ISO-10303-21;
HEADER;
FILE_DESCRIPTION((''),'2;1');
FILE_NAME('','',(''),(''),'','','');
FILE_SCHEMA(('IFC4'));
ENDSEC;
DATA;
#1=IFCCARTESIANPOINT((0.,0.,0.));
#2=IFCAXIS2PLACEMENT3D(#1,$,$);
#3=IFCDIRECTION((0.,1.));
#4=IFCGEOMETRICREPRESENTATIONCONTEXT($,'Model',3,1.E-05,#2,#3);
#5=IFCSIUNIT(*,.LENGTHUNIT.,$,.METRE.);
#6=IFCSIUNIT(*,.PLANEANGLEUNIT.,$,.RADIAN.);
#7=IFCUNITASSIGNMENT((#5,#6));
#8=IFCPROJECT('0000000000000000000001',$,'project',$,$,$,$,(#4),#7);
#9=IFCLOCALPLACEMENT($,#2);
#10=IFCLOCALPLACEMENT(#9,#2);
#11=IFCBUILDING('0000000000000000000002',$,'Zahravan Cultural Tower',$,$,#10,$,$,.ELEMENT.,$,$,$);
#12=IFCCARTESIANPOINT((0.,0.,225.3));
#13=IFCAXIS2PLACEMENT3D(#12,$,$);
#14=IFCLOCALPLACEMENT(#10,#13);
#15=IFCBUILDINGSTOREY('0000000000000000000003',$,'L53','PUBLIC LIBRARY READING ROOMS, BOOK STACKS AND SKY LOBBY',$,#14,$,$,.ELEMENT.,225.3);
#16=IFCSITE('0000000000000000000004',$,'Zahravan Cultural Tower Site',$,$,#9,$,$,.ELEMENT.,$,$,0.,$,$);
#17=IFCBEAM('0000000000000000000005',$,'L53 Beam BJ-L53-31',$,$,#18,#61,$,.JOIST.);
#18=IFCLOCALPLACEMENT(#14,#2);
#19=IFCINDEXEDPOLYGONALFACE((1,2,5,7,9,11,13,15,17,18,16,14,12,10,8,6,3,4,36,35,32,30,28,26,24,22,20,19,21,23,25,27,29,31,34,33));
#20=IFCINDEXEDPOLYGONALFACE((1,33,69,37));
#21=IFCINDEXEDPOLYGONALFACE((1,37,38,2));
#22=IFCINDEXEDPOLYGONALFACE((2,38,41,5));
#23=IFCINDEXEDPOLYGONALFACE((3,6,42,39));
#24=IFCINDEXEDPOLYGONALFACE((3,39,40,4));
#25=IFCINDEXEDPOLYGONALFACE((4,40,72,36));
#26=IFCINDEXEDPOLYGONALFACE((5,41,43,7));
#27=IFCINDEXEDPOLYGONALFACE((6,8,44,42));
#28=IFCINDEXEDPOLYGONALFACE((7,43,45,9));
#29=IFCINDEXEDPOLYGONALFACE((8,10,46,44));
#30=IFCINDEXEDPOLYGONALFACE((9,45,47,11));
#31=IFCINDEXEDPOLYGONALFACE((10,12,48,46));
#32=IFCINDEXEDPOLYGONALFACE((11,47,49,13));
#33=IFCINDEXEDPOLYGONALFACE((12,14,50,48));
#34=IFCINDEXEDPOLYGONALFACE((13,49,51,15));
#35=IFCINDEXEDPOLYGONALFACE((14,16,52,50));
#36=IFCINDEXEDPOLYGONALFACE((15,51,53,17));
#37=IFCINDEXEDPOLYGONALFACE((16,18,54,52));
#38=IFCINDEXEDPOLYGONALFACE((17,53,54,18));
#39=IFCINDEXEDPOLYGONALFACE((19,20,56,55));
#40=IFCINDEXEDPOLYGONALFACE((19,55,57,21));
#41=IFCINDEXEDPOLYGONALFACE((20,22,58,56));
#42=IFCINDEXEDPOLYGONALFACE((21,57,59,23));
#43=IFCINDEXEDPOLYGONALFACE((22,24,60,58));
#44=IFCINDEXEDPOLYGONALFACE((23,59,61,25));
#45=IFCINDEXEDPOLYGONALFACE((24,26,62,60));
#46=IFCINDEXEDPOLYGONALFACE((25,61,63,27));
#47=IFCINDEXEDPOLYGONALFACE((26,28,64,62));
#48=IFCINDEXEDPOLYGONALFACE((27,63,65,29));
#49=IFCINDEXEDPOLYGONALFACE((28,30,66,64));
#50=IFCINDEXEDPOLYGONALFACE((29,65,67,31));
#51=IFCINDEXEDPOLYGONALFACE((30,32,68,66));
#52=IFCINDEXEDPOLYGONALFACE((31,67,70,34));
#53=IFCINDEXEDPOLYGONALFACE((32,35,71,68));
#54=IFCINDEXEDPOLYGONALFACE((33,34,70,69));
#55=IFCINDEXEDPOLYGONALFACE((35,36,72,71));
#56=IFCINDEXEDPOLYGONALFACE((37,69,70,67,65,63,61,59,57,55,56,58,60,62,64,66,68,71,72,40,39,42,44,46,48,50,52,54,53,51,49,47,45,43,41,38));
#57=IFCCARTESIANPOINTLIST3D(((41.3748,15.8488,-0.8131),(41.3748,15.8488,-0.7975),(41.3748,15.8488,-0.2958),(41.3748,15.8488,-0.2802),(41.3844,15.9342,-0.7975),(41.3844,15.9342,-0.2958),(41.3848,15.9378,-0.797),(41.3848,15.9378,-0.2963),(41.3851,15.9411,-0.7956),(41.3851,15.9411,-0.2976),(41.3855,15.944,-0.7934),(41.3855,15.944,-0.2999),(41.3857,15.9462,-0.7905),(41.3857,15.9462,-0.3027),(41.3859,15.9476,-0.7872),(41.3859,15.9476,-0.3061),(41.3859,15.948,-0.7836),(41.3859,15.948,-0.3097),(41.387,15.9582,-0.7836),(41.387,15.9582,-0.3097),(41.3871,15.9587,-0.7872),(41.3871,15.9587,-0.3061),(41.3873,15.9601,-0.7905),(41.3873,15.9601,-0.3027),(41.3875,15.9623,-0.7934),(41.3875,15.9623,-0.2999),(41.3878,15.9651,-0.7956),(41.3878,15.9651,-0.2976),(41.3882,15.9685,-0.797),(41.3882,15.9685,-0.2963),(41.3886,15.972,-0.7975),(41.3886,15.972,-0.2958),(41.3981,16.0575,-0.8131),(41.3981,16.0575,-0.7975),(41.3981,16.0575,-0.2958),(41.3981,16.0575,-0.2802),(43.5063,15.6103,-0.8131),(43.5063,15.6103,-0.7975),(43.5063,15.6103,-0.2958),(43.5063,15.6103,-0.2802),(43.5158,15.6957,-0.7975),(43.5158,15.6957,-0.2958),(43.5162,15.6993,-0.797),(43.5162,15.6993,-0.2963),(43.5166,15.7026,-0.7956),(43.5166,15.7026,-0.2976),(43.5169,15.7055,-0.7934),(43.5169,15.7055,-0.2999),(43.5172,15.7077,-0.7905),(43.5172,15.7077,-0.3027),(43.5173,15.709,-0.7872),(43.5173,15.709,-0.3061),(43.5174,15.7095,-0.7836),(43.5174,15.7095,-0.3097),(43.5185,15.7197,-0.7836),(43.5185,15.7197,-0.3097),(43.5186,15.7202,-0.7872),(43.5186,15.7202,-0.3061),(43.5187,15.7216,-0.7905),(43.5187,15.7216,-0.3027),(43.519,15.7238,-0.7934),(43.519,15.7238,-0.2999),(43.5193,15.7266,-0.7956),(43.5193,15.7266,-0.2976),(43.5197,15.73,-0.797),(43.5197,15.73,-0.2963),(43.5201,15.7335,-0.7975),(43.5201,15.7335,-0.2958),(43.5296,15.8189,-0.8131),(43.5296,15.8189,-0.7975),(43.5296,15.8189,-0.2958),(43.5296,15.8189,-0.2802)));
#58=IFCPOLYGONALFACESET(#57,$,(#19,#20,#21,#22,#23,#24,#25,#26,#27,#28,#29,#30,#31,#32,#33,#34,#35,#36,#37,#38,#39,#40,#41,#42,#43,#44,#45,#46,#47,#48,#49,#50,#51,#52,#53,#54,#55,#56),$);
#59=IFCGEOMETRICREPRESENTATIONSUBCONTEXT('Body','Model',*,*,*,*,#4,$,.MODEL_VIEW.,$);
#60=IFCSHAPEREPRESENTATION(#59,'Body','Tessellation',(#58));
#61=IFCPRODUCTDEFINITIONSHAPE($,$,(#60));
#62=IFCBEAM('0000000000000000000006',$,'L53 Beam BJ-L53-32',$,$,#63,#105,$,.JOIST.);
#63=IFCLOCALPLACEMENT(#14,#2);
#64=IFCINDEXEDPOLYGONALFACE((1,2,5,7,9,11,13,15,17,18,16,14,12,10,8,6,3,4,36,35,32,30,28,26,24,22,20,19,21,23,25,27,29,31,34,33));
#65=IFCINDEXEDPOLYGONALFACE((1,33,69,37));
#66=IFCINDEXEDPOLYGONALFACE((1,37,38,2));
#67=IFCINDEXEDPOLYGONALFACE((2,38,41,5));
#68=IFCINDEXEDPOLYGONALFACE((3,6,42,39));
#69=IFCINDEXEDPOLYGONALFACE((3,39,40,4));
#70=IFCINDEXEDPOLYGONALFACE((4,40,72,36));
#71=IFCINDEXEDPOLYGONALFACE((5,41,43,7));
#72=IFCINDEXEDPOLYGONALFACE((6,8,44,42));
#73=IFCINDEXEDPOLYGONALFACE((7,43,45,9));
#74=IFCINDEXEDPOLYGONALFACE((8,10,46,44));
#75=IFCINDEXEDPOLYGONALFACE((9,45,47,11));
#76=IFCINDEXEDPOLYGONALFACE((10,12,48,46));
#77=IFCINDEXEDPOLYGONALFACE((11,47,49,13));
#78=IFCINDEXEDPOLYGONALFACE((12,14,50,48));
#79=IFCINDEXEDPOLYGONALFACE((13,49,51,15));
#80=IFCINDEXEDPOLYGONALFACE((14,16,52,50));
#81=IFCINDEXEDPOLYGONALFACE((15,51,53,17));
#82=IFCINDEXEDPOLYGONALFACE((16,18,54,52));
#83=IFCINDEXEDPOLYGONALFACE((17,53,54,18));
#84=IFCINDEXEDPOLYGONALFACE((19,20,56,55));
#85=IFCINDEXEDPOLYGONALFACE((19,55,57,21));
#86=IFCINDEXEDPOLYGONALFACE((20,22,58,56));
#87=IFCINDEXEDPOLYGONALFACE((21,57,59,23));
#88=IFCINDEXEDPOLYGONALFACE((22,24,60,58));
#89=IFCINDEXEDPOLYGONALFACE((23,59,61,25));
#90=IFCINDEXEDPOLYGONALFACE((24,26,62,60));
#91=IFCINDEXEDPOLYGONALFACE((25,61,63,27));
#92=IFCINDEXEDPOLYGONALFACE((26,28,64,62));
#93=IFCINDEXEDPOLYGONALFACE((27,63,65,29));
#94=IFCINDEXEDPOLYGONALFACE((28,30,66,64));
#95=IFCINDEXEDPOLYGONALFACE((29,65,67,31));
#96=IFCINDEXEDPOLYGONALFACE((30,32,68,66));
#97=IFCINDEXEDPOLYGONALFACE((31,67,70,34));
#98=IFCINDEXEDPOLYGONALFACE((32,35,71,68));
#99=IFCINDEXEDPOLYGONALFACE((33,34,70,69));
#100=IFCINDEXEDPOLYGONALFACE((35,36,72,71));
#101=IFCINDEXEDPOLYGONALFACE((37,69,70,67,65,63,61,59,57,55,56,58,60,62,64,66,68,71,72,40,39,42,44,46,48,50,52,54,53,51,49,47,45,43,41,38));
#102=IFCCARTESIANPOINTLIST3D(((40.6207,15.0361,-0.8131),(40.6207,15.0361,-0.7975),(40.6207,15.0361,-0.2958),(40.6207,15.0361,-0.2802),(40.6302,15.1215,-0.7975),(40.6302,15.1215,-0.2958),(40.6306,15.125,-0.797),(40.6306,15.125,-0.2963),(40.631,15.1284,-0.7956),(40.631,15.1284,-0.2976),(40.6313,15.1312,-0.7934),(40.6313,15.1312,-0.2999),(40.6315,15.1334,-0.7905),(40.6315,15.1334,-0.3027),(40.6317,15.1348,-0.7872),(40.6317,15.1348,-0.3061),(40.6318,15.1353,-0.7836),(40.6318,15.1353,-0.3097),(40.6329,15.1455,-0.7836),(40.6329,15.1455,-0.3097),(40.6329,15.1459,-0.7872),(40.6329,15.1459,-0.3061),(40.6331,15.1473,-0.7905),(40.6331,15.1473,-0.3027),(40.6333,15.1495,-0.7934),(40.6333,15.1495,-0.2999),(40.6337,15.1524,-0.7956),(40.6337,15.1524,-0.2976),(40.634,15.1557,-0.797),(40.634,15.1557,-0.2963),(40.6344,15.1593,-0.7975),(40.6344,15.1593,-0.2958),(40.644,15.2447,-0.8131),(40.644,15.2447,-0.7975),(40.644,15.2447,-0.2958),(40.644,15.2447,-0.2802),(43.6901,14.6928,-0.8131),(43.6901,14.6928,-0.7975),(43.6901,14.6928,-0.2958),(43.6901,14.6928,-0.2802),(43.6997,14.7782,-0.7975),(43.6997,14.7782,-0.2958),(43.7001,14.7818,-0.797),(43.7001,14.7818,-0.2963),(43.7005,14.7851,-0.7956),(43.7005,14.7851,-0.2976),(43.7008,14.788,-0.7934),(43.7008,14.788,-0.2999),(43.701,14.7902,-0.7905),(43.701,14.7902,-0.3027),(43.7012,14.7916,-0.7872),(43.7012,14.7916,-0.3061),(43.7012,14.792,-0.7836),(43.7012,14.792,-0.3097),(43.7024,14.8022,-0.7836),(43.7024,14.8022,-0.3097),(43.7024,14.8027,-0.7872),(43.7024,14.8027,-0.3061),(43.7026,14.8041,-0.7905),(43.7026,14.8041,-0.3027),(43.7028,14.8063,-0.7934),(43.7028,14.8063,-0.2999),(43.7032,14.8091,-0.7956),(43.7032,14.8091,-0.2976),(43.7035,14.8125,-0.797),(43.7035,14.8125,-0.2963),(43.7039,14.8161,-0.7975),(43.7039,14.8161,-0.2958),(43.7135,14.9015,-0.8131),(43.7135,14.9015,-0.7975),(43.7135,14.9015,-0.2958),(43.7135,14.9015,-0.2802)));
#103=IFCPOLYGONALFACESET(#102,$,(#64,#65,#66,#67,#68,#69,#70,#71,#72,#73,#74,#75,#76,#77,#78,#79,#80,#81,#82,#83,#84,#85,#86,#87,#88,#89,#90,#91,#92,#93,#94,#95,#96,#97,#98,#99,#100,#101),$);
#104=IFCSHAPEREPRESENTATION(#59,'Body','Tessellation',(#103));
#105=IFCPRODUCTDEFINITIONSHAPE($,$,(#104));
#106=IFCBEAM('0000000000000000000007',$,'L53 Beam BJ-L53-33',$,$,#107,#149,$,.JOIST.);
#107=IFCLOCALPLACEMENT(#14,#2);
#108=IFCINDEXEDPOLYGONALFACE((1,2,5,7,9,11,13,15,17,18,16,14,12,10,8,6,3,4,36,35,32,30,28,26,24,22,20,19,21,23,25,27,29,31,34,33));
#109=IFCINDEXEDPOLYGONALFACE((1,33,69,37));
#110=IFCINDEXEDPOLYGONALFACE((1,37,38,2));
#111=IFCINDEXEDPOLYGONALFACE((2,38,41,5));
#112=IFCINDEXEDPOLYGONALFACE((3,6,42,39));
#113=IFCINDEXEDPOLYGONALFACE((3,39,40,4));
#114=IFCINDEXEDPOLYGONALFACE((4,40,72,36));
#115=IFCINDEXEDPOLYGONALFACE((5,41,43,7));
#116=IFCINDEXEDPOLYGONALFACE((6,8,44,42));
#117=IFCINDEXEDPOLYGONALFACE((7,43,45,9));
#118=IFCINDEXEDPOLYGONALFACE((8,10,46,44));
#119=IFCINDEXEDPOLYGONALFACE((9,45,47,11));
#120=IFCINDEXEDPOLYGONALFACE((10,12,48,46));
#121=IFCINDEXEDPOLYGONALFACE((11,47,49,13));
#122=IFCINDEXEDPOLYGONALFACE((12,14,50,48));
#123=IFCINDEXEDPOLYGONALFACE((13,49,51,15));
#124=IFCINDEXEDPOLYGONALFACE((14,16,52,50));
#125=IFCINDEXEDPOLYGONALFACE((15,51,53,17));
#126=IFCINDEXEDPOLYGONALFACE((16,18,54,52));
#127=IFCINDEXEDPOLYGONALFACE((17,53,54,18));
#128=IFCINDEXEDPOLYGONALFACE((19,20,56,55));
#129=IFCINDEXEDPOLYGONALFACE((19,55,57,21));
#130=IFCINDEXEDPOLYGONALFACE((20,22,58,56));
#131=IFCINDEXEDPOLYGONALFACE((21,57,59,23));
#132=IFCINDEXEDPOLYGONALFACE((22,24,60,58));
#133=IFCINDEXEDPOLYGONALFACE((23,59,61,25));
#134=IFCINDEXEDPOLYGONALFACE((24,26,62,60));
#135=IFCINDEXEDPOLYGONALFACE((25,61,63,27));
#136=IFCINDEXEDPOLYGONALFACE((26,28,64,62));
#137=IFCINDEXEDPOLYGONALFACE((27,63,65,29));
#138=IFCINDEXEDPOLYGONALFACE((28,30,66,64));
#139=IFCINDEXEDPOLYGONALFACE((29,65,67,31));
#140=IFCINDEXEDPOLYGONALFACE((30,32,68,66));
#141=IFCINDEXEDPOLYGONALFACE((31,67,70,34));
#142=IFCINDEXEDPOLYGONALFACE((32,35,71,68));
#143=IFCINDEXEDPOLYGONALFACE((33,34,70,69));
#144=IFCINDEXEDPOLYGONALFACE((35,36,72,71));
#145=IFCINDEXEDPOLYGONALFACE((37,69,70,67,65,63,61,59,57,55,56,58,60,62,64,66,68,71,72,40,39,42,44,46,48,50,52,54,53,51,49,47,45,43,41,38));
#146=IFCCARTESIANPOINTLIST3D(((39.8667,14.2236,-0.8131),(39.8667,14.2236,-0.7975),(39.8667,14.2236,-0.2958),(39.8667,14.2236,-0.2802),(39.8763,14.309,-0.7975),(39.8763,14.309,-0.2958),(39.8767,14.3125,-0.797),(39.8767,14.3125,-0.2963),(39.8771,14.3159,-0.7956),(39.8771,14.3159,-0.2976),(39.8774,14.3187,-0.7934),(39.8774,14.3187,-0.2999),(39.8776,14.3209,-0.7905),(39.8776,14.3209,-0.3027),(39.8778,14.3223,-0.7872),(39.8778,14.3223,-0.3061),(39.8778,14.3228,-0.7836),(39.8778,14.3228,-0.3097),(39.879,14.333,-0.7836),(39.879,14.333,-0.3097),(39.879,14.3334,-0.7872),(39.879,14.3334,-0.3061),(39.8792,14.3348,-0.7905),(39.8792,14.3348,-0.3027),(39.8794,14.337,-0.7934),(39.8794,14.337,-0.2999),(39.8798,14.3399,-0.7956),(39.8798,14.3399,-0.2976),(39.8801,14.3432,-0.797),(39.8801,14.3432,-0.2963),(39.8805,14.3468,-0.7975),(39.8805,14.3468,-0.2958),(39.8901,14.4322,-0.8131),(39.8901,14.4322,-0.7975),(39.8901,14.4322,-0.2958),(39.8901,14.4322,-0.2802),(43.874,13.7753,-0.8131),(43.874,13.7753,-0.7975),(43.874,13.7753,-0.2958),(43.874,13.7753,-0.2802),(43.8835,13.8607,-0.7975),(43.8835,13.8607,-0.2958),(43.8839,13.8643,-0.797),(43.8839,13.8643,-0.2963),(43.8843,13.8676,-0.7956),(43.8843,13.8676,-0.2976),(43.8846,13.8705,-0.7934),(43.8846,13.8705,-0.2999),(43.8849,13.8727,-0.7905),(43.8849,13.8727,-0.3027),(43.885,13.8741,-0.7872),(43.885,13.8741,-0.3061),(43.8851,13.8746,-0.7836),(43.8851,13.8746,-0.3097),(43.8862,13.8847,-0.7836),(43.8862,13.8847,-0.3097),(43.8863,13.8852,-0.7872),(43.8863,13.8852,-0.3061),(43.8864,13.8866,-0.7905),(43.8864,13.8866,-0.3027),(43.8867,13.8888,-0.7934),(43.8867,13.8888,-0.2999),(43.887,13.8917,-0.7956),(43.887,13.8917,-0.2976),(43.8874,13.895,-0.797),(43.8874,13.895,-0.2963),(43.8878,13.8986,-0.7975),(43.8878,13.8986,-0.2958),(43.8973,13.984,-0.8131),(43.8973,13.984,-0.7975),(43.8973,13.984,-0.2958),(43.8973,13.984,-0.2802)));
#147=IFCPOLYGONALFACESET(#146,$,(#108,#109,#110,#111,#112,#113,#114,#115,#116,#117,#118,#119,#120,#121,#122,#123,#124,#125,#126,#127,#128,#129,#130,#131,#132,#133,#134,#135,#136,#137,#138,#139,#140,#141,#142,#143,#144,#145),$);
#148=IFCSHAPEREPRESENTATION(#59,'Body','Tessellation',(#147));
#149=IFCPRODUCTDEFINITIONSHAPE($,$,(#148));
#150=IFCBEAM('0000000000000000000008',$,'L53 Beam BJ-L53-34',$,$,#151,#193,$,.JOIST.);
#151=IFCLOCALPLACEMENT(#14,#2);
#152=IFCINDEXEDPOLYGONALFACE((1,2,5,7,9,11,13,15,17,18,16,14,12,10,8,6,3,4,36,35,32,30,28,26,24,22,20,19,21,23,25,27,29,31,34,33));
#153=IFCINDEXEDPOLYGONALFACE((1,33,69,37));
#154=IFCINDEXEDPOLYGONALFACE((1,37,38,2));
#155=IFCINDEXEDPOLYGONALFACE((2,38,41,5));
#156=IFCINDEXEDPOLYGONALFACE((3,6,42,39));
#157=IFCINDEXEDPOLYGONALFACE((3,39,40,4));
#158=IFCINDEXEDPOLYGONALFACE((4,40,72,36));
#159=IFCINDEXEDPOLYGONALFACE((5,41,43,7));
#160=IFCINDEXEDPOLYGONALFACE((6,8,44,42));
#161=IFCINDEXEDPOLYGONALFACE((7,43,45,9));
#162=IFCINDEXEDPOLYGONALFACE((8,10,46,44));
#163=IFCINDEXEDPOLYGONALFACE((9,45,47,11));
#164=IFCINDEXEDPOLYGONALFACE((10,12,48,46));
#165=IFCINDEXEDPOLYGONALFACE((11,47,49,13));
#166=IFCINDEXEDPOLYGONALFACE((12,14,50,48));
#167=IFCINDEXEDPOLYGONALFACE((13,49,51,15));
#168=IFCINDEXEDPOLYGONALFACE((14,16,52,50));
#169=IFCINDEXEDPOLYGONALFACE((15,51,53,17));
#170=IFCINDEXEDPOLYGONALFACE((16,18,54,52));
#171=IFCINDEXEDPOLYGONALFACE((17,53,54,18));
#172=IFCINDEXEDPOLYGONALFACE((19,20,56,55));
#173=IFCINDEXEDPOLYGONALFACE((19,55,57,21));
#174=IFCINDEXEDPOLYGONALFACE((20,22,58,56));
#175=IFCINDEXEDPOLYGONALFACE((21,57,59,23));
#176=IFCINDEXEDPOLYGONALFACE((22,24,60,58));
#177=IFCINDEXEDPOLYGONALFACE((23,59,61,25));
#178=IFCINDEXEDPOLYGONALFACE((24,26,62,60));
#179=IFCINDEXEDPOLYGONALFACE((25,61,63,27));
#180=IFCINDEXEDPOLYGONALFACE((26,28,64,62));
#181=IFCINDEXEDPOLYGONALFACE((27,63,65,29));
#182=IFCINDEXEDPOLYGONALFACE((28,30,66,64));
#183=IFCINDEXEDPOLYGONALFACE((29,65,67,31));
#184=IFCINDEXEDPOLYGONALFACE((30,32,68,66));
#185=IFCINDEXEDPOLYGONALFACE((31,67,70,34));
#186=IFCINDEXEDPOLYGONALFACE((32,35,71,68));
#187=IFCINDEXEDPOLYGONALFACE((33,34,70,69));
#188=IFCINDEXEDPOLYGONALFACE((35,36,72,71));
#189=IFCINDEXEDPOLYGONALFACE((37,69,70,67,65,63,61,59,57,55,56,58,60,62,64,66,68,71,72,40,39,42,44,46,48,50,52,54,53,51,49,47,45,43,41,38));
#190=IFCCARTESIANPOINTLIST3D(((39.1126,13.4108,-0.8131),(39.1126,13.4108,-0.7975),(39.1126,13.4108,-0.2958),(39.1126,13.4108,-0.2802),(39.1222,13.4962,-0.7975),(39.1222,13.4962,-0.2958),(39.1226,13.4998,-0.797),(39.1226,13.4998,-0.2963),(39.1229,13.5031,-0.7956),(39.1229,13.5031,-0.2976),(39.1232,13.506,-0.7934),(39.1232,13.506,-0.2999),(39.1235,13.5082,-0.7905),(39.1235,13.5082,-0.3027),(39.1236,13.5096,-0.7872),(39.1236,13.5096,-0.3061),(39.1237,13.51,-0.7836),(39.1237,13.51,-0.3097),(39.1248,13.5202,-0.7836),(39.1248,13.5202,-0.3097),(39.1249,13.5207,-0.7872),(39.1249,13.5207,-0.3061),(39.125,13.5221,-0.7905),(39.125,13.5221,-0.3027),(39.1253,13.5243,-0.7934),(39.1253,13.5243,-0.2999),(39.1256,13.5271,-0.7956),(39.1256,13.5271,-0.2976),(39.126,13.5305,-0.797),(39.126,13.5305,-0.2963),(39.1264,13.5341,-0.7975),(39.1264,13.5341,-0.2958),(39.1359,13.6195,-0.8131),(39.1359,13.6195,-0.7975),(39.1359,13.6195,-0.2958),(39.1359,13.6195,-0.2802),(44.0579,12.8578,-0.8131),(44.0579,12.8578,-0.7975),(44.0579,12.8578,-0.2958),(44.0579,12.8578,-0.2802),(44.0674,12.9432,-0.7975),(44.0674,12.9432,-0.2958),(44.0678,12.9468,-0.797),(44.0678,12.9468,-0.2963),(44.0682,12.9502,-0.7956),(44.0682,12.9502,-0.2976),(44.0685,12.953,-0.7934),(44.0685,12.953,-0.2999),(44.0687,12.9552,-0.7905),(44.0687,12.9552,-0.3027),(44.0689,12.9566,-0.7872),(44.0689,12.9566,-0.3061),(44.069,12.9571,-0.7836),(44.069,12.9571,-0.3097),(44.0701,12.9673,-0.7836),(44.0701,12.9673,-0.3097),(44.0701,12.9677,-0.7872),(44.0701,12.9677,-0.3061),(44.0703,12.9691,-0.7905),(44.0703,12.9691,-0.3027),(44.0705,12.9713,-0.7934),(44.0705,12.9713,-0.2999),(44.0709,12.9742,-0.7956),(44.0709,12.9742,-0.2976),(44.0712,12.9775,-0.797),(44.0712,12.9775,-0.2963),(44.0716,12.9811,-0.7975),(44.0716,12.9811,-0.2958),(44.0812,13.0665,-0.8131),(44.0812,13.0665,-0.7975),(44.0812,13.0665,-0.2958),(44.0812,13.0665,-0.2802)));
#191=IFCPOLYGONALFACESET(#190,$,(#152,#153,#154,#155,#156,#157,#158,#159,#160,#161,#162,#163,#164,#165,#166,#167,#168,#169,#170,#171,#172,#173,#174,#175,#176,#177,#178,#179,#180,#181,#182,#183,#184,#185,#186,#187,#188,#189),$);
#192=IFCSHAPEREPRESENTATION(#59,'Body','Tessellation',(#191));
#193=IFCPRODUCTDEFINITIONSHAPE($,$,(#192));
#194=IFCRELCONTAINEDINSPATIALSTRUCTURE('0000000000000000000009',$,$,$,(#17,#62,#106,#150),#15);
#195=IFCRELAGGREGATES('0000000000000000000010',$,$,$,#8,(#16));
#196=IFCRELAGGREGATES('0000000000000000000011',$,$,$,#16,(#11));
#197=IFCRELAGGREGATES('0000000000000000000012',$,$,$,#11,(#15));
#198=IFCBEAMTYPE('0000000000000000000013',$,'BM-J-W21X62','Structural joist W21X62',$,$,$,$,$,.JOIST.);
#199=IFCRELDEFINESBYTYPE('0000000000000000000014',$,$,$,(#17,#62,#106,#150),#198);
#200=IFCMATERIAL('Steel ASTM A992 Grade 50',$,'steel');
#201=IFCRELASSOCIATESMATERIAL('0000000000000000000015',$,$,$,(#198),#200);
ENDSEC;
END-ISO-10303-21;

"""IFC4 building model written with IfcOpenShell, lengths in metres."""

from ifc_helpers import new_model, si_unit, direction, frame, origin, origin_2d, place, context, subcontext, project, spatial, i_section, extrude, source, transform, mapped, material, material_profile, profile_set, type_object, element, save


model = new_model("IFC4")

# Units and contexts
model_context = context("Model", 3, precision=1e-05, world=origin(), true_north=direction((0.0, 1.0)))
body_context = subcontext(model_context, "Body", "Model", "MODEL_VIEW")
ifc_project = project(units=[si_unit("LENGTHUNIT", "METRE"), si_unit("PLANEANGLEUNIT", "RADIAN")], contexts=[model_context])

# Site, building, storey
site_placement = place(None, origin())
site = spatial("IfcSite", under=ifc_project, at=site_placement, Name="Zahravan Cultural Tower Site", CompositionType="ELEMENT", RefElevation=0.0)
building_placement = place(site_placement, origin())
building = spatial("IfcBuilding", under=site, at=building_placement, Name="Zahravan Cultural Tower", CompositionType="ELEMENT")
storey_placement = place(building_placement, frame((0.0, 0.0, 225.3)))
storey = spatial("IfcBuildingStorey", under=building, at=storey_placement, Name="L53", Description="PUBLIC LIBRARY READING ROOMS, BOOK STACKS AND SKY LOBBY", CompositionType="ELEMENT", Elevation=225.3)

# Beams
ifc_material_1 = material(Name="Steel ASTM A992 Grade 50", Category="steel")
ifc_material_profile_1 = material_profile(ifc_material_1, i_section(OverallWidth=0.21, OverallDepth=0.533, WebThickness=0.0103, FlangeThickness=0.0156, FilletRadius=0.0139, at=origin_2d()), Name="W21X62")
ifc_profile_set_1 = profile_set([ifc_material_profile_1], Name="Steel ASTM A992 Grade 50")
beam_type = type_object("IfcBeamType", Name="BM-J-W21X62", Description="Structural joist W21X62", PredefinedType="JOIST", material=ifc_profile_set_1)
shared_shape_1 = source(origin(), body_context, "Body", "SweptSolid", [
    extrude(i_section(OverallWidth=0.21, OverallDepth=0.533, WebThickness=0.0103, FlangeThickness=0.0156, FilletRadius=0.0139, at=origin_2d()), origin(), (0.0, 0.0, 1.0), 2.1448),
])
beam_1_placement = place(storey_placement, frame((41.3865, 15.9531, -0.5466), z_axis=(0.993797, -0.111206, 0.0), x_axis=(0.111206, 0.993797, 0.0)))
element("IfcBeam", 1, at=beam_1_placement, inside=storey, type_object=beam_type, Name="L53 Beam BJ-L53-31", PredefinedType="JOIST", context=body_context, shape_type="MappedRepresentation", body=[
    mapped(shared_shape_1, transform((0.0, 0.0, 0.0), x_axis=(1.0, 0.0, 0.0), y_axis=(0.0, 1.0, 0.0), z_axis=(0.0, 0.0, 1.0), scale=1.0)),
])
shared_shape_2 = source(origin(), body_context, "Body", "SweptSolid", [
    extrude(i_section(OverallWidth=0.21, OverallDepth=0.533, WebThickness=0.0103, FlangeThickness=0.0156, FilletRadius=0.0139, at=origin_2d()), origin(), (0.0, 0.0, 1.0), 3.0886),
])
beam_2_placement = place(storey_placement, frame((40.6323, 15.1404, -0.5466), z_axis=(0.993805, -0.111134, 0.0), x_axis=(0.111134, 0.993805, 0.0)))
element("IfcBeam", 2, at=beam_2_placement, inside=storey, type_object=beam_type, Name="L53 Beam BJ-L53-32", PredefinedType="JOIST", context=body_context, shape_type="MappedRepresentation", body=[
    mapped(shared_shape_2, transform((0.0, 0.0, 0.0), x_axis=(1.0, 0.0, 0.0), y_axis=(0.0, 1.0, 0.0), z_axis=(0.0, 0.0, 1.0), scale=1.0)),
])
shared_shape_3 = source(origin(), body_context, "Body", "SweptSolid", [
    extrude(i_section(OverallWidth=0.21, OverallDepth=0.533, WebThickness=0.0103, FlangeThickness=0.0156, FilletRadius=0.0139, at=origin_2d()), origin(), (0.0, 0.0, 1.0), 4.0322),
])
beam_3_placement = place(storey_placement, frame((39.8784, 14.3279, -0.5466), z_axis=(0.993802, -0.111162, 0.0), x_axis=(0.111162, 0.993802, 0.0)))
element("IfcBeam", 3, at=beam_3_placement, inside=storey, type_object=beam_type, Name="L53 Beam BJ-L53-33", PredefinedType="JOIST", context=body_context, shape_type="MappedRepresentation", body=[
    mapped(shared_shape_3, transform((0.0, 0.0, 0.0), x_axis=(1.0, 0.0, 0.0), y_axis=(0.0, 1.0, 0.0), z_axis=(0.0, 0.0, 1.0), scale=1.0)),
])
shared_shape_4 = source(origin(), body_context, "Body", "SweptSolid", [
    extrude(i_section(OverallWidth=0.21, OverallDepth=0.533, WebThickness=0.0103, FlangeThickness=0.0156, FilletRadius=0.0139, at=origin_2d()), origin(), (0.0, 0.0, 1.0), 4.9761),
])
beam_4_placement = place(storey_placement, frame((39.1243, 13.5151, -0.5466), z_axis=(0.993806, -0.111126, 0.0), x_axis=(0.111126, 0.993806, 0.0)))
element("IfcBeam", 4, at=beam_4_placement, inside=storey, type_object=beam_type, Name="L53 Beam BJ-L53-34", PredefinedType="JOIST", context=body_context, shape_type="MappedRepresentation", body=[
    mapped(shared_shape_4, transform((0.0, 0.0, 0.0), x_axis=(1.0, 0.0, 0.0), y_axis=(0.0, 1.0, 0.0), z_axis=(0.0, 0.0, 1.0), scale=1.0)),
])

save(model, "model.ifc")
